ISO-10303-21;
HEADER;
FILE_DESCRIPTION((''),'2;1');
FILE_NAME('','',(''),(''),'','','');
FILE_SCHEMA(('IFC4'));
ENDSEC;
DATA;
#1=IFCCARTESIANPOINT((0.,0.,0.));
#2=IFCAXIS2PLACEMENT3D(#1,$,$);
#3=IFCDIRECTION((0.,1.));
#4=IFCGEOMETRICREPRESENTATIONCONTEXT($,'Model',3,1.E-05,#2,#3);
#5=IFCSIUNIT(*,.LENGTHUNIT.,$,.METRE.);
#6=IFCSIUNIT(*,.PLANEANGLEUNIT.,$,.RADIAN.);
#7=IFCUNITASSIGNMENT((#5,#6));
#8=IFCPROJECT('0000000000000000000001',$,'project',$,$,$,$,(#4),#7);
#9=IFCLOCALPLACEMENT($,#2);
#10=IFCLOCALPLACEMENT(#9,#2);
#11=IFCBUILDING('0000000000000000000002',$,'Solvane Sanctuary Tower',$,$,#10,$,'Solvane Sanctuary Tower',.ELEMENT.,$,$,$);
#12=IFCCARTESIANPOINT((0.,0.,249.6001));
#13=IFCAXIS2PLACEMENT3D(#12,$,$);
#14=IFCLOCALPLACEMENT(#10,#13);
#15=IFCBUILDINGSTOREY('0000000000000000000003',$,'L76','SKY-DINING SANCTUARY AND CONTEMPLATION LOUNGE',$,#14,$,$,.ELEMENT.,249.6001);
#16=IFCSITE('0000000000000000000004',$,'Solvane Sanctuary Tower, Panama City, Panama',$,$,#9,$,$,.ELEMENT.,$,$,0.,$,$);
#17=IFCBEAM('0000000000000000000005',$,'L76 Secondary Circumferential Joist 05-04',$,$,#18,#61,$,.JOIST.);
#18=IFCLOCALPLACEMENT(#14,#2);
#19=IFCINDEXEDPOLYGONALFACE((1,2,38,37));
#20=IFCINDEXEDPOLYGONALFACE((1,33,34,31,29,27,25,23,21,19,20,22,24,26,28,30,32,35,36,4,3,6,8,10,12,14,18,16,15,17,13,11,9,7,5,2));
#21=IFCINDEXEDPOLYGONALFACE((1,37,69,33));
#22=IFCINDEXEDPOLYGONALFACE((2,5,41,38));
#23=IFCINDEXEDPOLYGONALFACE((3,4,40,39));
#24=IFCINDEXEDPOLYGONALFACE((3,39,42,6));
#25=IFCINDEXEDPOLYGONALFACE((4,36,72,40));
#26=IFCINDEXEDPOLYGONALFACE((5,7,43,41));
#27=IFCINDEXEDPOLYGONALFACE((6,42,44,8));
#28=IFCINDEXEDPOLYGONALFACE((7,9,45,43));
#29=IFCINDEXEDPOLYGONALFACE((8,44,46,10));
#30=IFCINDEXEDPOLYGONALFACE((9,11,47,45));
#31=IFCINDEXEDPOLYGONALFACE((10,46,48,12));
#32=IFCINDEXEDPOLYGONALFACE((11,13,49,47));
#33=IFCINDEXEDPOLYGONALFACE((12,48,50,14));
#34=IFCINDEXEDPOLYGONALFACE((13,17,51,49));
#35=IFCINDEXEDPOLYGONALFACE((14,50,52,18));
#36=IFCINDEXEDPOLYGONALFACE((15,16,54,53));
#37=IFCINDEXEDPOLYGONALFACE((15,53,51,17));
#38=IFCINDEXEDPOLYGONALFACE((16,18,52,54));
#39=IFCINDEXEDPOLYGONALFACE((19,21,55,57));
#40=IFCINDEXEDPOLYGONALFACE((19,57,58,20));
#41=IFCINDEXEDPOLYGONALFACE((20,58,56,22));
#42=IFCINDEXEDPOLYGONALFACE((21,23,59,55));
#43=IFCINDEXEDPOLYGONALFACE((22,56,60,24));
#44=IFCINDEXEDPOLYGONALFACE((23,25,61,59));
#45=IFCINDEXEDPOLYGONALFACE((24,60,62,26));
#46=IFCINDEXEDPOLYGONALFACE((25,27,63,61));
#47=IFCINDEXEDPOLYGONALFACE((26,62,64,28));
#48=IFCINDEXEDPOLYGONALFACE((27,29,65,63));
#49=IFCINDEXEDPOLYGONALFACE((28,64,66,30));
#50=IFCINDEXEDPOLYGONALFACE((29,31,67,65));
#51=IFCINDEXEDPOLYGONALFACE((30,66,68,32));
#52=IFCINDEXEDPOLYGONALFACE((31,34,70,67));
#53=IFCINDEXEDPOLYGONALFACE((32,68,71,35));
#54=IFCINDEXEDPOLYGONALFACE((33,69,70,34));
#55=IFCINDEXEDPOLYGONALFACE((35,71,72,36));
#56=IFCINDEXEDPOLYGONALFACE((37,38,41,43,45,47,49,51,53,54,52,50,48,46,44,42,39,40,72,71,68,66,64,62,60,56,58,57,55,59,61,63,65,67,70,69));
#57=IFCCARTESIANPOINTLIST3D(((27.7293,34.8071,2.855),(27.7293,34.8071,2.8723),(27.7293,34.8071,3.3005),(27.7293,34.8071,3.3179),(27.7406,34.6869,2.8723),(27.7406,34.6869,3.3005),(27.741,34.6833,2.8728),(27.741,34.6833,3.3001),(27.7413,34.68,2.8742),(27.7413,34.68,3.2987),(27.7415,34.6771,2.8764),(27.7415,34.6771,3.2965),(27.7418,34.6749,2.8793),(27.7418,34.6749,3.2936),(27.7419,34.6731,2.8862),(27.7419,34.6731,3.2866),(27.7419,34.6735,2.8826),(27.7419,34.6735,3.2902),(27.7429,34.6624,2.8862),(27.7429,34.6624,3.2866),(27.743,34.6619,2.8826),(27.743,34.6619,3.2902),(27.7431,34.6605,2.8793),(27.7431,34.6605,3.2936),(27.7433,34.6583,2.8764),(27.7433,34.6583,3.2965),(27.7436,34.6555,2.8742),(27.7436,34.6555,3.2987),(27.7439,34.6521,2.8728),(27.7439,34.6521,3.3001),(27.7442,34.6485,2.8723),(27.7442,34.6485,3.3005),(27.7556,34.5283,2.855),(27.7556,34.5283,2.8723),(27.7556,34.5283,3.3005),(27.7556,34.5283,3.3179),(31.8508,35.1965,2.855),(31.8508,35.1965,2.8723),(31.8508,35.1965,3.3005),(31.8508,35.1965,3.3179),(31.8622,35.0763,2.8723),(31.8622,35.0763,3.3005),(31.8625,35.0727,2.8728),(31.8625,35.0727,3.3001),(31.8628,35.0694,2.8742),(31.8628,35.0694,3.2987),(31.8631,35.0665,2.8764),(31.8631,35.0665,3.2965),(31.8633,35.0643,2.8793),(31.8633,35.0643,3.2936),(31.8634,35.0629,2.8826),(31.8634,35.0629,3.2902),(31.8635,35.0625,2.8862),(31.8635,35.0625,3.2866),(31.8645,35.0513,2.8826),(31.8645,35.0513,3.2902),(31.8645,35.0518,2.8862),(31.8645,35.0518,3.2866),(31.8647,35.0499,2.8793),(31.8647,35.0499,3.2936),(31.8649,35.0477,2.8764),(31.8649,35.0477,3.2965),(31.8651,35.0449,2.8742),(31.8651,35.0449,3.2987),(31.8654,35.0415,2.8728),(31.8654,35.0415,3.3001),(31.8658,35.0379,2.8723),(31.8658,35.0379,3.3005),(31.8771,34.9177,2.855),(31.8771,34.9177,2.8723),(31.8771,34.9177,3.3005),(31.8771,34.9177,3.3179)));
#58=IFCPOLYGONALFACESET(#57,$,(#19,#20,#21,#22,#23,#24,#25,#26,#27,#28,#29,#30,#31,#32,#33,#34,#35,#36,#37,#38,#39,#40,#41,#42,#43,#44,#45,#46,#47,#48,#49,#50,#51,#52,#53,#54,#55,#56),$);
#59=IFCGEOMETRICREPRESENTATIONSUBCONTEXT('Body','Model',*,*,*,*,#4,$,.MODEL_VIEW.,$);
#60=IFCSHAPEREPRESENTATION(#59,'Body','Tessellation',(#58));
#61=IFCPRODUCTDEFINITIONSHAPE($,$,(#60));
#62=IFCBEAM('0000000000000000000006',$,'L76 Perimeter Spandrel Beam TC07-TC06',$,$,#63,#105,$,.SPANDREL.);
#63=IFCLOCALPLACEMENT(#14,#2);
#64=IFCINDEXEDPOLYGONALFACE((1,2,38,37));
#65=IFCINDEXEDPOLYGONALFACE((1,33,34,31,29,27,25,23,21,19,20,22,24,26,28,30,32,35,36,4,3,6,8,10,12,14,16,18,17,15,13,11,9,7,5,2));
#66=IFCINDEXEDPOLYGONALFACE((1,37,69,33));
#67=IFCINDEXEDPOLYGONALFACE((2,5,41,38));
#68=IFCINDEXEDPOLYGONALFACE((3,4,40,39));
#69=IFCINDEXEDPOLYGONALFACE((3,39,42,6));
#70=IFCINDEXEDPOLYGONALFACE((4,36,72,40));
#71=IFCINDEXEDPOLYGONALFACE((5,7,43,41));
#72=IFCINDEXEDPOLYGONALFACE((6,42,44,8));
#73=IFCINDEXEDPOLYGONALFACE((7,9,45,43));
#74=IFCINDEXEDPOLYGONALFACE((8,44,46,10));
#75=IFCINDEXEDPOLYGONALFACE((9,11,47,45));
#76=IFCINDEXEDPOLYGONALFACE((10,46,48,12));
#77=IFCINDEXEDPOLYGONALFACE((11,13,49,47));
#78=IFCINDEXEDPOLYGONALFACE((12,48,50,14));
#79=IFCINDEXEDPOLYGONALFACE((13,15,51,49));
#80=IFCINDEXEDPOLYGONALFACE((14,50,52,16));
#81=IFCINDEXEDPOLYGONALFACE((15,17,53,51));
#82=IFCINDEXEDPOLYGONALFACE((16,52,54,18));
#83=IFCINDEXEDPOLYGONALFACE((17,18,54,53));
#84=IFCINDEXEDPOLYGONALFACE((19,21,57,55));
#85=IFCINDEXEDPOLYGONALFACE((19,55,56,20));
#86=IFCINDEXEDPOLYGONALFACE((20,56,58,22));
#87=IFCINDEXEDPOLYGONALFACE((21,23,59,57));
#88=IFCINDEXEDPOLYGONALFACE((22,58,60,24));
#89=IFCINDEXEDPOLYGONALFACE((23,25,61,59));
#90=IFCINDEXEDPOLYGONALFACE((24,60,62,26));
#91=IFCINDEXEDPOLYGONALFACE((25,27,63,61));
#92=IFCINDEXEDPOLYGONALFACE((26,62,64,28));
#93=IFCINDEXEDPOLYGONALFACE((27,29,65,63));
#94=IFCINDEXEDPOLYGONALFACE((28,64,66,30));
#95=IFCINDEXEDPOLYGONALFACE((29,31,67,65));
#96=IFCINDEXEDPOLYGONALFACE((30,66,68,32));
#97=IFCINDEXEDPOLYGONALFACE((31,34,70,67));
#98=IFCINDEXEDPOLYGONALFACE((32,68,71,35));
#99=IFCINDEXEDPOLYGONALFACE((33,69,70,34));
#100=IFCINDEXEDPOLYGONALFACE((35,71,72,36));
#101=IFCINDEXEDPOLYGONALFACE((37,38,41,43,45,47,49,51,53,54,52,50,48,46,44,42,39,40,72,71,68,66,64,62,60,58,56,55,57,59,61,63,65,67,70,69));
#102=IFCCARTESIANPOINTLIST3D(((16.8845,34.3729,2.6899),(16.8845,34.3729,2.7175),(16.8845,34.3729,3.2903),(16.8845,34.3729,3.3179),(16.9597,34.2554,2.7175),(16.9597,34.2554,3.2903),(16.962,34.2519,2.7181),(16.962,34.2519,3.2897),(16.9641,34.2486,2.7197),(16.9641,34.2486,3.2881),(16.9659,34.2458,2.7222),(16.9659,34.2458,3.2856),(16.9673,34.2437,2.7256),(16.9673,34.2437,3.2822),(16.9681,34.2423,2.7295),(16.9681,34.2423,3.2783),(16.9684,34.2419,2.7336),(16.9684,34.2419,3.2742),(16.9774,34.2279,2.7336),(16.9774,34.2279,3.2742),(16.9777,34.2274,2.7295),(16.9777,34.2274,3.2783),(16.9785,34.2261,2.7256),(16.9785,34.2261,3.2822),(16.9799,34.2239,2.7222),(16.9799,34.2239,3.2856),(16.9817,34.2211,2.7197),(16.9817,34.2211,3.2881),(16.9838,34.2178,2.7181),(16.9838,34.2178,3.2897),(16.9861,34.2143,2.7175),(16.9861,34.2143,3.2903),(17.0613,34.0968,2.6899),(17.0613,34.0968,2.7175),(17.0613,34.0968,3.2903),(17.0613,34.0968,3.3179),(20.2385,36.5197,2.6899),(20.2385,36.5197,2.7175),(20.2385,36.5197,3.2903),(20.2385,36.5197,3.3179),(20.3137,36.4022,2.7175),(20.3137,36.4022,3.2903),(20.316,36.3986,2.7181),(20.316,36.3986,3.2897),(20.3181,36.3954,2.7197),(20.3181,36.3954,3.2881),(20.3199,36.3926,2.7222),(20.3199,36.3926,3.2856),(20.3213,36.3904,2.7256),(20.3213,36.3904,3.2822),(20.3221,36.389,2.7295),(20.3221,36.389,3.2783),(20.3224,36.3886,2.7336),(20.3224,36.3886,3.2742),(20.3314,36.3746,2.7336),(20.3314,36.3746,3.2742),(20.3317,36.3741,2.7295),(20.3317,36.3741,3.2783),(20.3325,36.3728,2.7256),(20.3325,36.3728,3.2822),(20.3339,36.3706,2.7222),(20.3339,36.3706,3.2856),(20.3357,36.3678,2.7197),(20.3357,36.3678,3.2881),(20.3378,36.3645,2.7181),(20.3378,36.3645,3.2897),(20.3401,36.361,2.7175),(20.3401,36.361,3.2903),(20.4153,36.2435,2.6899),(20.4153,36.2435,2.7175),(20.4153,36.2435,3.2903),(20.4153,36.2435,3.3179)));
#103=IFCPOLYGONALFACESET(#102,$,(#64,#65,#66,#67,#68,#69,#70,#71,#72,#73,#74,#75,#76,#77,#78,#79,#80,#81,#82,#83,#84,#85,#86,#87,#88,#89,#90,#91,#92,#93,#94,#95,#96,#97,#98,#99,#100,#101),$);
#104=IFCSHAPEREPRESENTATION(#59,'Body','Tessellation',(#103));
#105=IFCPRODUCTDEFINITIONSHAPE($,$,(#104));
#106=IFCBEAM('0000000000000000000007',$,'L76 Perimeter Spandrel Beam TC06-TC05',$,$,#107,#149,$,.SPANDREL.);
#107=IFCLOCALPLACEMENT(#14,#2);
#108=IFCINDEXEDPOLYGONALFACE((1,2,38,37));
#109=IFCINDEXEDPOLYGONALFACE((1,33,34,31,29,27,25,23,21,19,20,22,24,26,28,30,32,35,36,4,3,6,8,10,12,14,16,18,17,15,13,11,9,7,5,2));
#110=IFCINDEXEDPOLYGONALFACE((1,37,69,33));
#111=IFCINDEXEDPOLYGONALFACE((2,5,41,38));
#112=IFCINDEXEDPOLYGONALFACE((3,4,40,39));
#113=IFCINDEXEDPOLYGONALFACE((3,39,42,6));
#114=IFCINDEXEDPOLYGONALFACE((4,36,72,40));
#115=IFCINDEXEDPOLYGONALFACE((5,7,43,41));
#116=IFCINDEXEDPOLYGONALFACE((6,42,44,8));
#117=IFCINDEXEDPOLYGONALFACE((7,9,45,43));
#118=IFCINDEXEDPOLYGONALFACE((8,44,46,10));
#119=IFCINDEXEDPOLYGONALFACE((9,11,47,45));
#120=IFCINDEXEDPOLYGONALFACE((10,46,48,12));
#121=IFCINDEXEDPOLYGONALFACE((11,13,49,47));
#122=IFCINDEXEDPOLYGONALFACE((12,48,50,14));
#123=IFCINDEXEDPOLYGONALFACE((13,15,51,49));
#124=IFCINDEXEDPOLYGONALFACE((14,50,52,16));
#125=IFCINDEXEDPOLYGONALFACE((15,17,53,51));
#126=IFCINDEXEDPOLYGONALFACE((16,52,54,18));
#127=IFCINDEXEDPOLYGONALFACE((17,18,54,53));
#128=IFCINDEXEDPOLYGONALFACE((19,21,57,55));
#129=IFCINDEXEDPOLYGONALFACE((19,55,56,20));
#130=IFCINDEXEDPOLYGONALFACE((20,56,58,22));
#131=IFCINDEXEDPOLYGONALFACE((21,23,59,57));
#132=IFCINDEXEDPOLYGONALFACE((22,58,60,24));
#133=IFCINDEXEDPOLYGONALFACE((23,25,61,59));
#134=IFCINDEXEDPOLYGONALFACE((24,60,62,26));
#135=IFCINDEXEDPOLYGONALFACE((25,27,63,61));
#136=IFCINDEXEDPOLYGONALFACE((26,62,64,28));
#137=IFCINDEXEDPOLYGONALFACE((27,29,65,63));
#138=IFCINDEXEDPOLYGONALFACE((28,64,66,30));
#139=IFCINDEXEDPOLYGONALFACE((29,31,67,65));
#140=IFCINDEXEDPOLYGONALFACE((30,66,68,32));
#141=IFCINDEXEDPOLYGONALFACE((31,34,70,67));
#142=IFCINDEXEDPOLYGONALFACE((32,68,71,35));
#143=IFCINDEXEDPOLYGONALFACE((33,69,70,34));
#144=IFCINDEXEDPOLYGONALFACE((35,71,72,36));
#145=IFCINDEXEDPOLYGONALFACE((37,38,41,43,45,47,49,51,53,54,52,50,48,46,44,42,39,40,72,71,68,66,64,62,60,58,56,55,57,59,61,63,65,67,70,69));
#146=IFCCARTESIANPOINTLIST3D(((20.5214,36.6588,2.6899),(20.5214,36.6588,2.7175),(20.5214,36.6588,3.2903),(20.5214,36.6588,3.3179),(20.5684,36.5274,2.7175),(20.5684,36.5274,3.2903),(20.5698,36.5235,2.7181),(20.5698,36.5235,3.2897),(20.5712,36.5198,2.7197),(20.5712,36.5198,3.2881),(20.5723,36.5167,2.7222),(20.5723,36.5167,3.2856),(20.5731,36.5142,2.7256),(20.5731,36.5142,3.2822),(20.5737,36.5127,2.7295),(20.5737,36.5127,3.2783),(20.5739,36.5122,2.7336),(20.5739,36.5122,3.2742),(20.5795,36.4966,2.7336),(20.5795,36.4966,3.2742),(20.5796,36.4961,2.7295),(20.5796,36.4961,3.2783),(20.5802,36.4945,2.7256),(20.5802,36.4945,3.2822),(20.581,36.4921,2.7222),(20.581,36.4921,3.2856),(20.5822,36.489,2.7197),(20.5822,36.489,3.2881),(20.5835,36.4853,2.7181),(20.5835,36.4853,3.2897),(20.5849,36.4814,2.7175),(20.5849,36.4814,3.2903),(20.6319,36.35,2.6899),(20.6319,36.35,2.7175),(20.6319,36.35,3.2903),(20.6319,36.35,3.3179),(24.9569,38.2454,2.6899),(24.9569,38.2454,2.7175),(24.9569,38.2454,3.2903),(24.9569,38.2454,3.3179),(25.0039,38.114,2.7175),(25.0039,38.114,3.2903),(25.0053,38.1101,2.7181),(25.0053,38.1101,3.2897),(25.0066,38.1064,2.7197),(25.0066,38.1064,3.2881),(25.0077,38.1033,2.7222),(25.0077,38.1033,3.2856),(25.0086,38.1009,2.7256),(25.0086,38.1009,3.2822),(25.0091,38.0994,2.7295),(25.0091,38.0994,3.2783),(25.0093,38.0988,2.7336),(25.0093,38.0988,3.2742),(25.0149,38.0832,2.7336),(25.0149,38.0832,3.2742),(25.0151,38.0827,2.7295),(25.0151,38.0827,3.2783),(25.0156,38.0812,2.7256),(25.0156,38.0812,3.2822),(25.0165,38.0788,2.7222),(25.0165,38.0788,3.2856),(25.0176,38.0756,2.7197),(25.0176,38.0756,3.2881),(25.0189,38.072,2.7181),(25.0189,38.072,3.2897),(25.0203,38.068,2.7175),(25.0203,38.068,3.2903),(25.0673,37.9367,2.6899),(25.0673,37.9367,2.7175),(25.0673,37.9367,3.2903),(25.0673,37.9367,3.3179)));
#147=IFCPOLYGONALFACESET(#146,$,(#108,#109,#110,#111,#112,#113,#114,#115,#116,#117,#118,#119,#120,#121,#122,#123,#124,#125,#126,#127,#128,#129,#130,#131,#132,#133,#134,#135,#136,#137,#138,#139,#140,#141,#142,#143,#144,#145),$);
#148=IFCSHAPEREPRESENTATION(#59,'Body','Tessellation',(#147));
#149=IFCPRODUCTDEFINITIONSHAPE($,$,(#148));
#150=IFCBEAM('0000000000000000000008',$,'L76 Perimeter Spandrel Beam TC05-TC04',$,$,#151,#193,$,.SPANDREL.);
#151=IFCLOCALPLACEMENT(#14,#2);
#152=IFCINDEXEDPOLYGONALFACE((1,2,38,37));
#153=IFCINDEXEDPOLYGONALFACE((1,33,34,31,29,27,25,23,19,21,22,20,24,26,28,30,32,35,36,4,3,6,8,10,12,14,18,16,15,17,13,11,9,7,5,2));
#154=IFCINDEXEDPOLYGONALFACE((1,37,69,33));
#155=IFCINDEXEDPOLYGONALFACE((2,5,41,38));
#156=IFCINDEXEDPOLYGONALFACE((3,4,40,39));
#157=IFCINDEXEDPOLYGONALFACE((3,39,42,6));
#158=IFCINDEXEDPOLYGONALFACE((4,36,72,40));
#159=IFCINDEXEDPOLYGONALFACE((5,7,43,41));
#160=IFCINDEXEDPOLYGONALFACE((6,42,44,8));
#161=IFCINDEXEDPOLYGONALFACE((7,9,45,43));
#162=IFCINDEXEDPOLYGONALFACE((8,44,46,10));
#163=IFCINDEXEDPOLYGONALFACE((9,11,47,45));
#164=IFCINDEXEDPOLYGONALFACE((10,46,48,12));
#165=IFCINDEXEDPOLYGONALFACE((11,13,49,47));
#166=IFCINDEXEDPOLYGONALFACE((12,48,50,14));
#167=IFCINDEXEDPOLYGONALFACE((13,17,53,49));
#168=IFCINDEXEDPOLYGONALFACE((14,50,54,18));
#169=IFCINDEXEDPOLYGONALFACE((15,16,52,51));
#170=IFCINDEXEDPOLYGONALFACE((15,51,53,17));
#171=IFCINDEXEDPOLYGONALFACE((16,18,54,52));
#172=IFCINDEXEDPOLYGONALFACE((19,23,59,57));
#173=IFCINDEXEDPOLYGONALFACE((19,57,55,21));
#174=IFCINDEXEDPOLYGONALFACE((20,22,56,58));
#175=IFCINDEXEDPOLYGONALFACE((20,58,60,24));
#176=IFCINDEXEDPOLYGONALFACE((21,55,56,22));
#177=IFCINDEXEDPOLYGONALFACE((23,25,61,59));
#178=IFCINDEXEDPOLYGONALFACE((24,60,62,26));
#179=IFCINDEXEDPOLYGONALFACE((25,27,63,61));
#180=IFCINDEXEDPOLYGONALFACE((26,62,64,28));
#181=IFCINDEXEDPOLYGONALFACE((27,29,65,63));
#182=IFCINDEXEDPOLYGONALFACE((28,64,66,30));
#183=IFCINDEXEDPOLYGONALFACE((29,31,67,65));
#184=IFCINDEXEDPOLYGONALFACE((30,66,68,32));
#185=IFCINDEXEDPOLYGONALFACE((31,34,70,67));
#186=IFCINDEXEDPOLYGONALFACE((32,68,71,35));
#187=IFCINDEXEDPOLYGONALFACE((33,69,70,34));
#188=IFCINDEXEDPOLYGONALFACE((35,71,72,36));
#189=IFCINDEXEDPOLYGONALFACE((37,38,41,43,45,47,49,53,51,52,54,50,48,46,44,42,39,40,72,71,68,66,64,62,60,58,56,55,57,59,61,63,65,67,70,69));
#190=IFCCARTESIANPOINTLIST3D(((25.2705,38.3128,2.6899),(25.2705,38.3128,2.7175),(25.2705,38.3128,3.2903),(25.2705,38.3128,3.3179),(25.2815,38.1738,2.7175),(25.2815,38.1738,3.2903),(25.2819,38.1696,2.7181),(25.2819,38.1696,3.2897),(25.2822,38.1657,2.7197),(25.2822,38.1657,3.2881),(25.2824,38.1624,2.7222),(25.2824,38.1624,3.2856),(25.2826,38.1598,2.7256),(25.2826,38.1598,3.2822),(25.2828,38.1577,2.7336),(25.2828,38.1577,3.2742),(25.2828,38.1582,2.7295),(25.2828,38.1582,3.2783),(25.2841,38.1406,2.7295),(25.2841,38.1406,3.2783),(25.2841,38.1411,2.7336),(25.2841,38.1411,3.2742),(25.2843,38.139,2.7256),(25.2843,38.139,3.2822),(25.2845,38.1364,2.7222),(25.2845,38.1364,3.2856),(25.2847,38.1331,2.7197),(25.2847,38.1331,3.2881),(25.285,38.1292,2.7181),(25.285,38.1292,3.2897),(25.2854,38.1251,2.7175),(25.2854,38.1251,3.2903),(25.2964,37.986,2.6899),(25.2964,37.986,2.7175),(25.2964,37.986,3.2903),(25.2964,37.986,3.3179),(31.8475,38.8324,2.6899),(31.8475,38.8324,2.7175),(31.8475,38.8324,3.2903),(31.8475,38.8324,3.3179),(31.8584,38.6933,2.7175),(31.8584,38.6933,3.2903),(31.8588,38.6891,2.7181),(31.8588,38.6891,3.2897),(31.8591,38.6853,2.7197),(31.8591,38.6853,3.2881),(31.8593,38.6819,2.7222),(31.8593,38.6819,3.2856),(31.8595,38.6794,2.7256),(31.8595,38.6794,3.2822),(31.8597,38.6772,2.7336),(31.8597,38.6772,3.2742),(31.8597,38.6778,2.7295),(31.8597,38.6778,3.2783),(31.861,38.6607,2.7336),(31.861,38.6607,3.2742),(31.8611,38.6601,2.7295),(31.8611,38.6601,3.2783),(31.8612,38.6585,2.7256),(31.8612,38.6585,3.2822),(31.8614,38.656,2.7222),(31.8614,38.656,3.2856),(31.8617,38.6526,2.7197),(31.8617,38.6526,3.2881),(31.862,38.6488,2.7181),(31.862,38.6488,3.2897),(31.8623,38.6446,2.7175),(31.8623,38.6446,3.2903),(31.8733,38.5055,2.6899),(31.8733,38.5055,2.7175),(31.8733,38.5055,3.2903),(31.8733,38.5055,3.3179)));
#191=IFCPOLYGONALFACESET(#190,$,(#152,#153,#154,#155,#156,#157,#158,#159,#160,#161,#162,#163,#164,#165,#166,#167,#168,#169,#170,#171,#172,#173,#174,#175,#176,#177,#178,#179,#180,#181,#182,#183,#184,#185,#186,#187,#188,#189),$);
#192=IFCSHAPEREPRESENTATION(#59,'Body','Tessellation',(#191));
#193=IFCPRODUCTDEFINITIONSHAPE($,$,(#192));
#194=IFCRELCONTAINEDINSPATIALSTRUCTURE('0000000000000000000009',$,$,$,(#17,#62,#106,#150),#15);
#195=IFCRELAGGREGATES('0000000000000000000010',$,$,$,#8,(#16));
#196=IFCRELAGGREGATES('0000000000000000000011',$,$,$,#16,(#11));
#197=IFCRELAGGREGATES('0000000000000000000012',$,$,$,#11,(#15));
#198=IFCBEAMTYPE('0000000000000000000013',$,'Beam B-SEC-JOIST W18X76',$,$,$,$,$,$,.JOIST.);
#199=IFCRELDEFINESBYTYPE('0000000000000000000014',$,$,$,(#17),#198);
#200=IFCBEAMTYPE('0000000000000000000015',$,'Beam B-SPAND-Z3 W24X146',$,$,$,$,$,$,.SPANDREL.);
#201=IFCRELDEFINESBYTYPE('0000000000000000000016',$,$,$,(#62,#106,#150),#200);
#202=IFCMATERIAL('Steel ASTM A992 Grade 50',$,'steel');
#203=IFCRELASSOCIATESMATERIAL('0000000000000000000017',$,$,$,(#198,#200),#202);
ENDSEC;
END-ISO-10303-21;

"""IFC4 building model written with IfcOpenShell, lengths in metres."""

from ifc_helpers import new_model, si_unit, direction, frame, origin, origin_2d, place, context, subcontext, project, spatial, i_section, extrude, material, material_profile, profile_set, type_object, element, save


model = new_model("IFC4")

# Units and contexts
model_context = context("Model", 3, precision=1e-05, world=origin(), true_north=direction((0.0, 1.0)))
body_context = subcontext(model_context, "Body", "Model", "MODEL_VIEW")
ifc_project = project(units=[si_unit("LENGTHUNIT", "METRE"), si_unit("PLANEANGLEUNIT", "RADIAN")], contexts=[model_context])

# Site, building, storey
site_placement = place(None, origin())
site = spatial("IfcSite", under=ifc_project, at=site_placement, Name="Solvane Sanctuary Tower, Panama City, Panama", CompositionType="ELEMENT", RefElevation=0.0)
building_placement = place(site_placement, origin())
building = spatial("IfcBuilding", under=site, at=building_placement, Name="Solvane Sanctuary Tower", LongName="Solvane Sanctuary Tower", CompositionType="ELEMENT")
storey_placement = place(building_placement, frame((0.0, 0.0, 249.6001)))
storey = spatial("IfcBuildingStorey", under=building, at=storey_placement, Name="L76", Description="SKY-DINING SANCTUARY AND CONTEMPLATION LOUNGE", CompositionType="ELEMENT", Elevation=249.6001)

# Beams
ifc_material_1 = material(Name="Steel ASTM A992 Grade 50", Category="steel")
ifc_material_profile_1 = material_profile(ifc_material_1, i_section(OverallWidth=0.28, OverallDepth=0.4629, WebThickness=0.0107, FlangeThickness=0.0173, FilletRadius=0.0139, at=origin_2d()), Name="W18X76")
ifc_profile_set_1 = profile_set([ifc_material_profile_1], Name="Steel ASTM A992 Grade 50")
beam_type_1 = type_object("IfcBeamType", Name="Beam B-SEC-JOIST W18X76", PredefinedType="JOIST", material=ifc_profile_set_1)
beam_1_placement = place(storey_placement, frame((27.7424, 34.6677, 3.0864), z_axis=(0.995566, 0.09406, 0.0), x_axis=(-0.09406, 0.995566, 0.0)))
element("IfcBeam", 1, at=beam_1_placement, inside=storey, type_object=beam_type_1, Name="L76 Secondary Circumferential Joist 05-04", PredefinedType="JOIST", context=body_context, shape_type="SweptSolid", body=[
    extrude(i_section(OverallWidth=0.28, OverallDepth=0.4629, WebThickness=0.0107, FlangeThickness=0.0173, FilletRadius=0.0139, at=origin_2d()), origin(), (0.0, 0.0, 1.0), 4.1399),
])
ifc_material_profile_2 = material_profile(ifc_material_1, i_section(OverallWidth=0.3279, OverallDepth=0.6279, WebThickness=0.0166, FlangeThickness=0.0276, FilletRadius=0.0161, at=origin_2d()), Name="W24X146")
ifc_profile_set_2 = profile_set([ifc_material_profile_2], Name="Steel ASTM A992 Grade 50")
beam_type_2 = type_object("IfcBeamType", Name="Beam B-SPAND-Z3 W24X146", PredefinedType="SPANDREL", material=ifc_profile_set_2)
beam_2_placement = place(storey_placement, frame((16.9729, 34.2349, 3.0039), z_axis=(0.842252, 0.539083, 0.0), x_axis=(-0.539083, 0.842252, 0.0)))
element("IfcBeam", 2, at=beam_2_placement, inside=storey, type_object=beam_type_2, Name="L76 Perimeter Spandrel Beam TC07-TC06", PredefinedType="SPANDREL", context=body_context, shape_type="SweptSolid", body=[
    extrude(i_section(OverallWidth=0.3279, OverallDepth=0.6279, WebThickness=0.0166, FlangeThickness=0.0276, FilletRadius=0.0161, at=origin_2d()), origin(), (0.0, 0.0, 1.0), 3.9822),
])
beam_3_placement = place(storey_placement, frame((20.5767, 36.5044, 3.0039), z_axis=(0.941571, 0.336816, 0.0), x_axis=(-0.336816, 0.941571, 0.0)))
element("IfcBeam", 3, at=beam_3_placement, inside=storey, type_object=beam_type_2, Name="L76 Perimeter Spandrel Beam TC06-TC05", PredefinedType="SPANDREL", context=body_context, shape_type="SweptSolid", body=[
    extrude(i_section(OverallWidth=0.3279, OverallDepth=0.6279, WebThickness=0.0166, FlangeThickness=0.0276, FilletRadius=0.0161, at=origin_2d()), origin(), (0.0, 0.0, 1.0), 4.7107),
])
beam_4_placement = place(storey_placement, frame((25.2834, 38.1494, 3.0039), z_axis=(0.996895, 0.078748, 0.0), x_axis=(-0.078748, 0.996895, 0.0)))
element("IfcBeam", 4, at=beam_4_placement, inside=storey, type_object=beam_type_2, Name="L76 Perimeter Spandrel Beam TC05-TC04", PredefinedType="SPANDREL", context=body_context, shape_type="SweptSolid", body=[
    extrude(i_section(OverallWidth=0.3279, OverallDepth=0.6279, WebThickness=0.0166, FlangeThickness=0.0276, FilletRadius=0.0161, at=origin_2d()), origin(), (0.0, 0.0, 1.0), 6.5974),
])

save(model, "model.ifc")
